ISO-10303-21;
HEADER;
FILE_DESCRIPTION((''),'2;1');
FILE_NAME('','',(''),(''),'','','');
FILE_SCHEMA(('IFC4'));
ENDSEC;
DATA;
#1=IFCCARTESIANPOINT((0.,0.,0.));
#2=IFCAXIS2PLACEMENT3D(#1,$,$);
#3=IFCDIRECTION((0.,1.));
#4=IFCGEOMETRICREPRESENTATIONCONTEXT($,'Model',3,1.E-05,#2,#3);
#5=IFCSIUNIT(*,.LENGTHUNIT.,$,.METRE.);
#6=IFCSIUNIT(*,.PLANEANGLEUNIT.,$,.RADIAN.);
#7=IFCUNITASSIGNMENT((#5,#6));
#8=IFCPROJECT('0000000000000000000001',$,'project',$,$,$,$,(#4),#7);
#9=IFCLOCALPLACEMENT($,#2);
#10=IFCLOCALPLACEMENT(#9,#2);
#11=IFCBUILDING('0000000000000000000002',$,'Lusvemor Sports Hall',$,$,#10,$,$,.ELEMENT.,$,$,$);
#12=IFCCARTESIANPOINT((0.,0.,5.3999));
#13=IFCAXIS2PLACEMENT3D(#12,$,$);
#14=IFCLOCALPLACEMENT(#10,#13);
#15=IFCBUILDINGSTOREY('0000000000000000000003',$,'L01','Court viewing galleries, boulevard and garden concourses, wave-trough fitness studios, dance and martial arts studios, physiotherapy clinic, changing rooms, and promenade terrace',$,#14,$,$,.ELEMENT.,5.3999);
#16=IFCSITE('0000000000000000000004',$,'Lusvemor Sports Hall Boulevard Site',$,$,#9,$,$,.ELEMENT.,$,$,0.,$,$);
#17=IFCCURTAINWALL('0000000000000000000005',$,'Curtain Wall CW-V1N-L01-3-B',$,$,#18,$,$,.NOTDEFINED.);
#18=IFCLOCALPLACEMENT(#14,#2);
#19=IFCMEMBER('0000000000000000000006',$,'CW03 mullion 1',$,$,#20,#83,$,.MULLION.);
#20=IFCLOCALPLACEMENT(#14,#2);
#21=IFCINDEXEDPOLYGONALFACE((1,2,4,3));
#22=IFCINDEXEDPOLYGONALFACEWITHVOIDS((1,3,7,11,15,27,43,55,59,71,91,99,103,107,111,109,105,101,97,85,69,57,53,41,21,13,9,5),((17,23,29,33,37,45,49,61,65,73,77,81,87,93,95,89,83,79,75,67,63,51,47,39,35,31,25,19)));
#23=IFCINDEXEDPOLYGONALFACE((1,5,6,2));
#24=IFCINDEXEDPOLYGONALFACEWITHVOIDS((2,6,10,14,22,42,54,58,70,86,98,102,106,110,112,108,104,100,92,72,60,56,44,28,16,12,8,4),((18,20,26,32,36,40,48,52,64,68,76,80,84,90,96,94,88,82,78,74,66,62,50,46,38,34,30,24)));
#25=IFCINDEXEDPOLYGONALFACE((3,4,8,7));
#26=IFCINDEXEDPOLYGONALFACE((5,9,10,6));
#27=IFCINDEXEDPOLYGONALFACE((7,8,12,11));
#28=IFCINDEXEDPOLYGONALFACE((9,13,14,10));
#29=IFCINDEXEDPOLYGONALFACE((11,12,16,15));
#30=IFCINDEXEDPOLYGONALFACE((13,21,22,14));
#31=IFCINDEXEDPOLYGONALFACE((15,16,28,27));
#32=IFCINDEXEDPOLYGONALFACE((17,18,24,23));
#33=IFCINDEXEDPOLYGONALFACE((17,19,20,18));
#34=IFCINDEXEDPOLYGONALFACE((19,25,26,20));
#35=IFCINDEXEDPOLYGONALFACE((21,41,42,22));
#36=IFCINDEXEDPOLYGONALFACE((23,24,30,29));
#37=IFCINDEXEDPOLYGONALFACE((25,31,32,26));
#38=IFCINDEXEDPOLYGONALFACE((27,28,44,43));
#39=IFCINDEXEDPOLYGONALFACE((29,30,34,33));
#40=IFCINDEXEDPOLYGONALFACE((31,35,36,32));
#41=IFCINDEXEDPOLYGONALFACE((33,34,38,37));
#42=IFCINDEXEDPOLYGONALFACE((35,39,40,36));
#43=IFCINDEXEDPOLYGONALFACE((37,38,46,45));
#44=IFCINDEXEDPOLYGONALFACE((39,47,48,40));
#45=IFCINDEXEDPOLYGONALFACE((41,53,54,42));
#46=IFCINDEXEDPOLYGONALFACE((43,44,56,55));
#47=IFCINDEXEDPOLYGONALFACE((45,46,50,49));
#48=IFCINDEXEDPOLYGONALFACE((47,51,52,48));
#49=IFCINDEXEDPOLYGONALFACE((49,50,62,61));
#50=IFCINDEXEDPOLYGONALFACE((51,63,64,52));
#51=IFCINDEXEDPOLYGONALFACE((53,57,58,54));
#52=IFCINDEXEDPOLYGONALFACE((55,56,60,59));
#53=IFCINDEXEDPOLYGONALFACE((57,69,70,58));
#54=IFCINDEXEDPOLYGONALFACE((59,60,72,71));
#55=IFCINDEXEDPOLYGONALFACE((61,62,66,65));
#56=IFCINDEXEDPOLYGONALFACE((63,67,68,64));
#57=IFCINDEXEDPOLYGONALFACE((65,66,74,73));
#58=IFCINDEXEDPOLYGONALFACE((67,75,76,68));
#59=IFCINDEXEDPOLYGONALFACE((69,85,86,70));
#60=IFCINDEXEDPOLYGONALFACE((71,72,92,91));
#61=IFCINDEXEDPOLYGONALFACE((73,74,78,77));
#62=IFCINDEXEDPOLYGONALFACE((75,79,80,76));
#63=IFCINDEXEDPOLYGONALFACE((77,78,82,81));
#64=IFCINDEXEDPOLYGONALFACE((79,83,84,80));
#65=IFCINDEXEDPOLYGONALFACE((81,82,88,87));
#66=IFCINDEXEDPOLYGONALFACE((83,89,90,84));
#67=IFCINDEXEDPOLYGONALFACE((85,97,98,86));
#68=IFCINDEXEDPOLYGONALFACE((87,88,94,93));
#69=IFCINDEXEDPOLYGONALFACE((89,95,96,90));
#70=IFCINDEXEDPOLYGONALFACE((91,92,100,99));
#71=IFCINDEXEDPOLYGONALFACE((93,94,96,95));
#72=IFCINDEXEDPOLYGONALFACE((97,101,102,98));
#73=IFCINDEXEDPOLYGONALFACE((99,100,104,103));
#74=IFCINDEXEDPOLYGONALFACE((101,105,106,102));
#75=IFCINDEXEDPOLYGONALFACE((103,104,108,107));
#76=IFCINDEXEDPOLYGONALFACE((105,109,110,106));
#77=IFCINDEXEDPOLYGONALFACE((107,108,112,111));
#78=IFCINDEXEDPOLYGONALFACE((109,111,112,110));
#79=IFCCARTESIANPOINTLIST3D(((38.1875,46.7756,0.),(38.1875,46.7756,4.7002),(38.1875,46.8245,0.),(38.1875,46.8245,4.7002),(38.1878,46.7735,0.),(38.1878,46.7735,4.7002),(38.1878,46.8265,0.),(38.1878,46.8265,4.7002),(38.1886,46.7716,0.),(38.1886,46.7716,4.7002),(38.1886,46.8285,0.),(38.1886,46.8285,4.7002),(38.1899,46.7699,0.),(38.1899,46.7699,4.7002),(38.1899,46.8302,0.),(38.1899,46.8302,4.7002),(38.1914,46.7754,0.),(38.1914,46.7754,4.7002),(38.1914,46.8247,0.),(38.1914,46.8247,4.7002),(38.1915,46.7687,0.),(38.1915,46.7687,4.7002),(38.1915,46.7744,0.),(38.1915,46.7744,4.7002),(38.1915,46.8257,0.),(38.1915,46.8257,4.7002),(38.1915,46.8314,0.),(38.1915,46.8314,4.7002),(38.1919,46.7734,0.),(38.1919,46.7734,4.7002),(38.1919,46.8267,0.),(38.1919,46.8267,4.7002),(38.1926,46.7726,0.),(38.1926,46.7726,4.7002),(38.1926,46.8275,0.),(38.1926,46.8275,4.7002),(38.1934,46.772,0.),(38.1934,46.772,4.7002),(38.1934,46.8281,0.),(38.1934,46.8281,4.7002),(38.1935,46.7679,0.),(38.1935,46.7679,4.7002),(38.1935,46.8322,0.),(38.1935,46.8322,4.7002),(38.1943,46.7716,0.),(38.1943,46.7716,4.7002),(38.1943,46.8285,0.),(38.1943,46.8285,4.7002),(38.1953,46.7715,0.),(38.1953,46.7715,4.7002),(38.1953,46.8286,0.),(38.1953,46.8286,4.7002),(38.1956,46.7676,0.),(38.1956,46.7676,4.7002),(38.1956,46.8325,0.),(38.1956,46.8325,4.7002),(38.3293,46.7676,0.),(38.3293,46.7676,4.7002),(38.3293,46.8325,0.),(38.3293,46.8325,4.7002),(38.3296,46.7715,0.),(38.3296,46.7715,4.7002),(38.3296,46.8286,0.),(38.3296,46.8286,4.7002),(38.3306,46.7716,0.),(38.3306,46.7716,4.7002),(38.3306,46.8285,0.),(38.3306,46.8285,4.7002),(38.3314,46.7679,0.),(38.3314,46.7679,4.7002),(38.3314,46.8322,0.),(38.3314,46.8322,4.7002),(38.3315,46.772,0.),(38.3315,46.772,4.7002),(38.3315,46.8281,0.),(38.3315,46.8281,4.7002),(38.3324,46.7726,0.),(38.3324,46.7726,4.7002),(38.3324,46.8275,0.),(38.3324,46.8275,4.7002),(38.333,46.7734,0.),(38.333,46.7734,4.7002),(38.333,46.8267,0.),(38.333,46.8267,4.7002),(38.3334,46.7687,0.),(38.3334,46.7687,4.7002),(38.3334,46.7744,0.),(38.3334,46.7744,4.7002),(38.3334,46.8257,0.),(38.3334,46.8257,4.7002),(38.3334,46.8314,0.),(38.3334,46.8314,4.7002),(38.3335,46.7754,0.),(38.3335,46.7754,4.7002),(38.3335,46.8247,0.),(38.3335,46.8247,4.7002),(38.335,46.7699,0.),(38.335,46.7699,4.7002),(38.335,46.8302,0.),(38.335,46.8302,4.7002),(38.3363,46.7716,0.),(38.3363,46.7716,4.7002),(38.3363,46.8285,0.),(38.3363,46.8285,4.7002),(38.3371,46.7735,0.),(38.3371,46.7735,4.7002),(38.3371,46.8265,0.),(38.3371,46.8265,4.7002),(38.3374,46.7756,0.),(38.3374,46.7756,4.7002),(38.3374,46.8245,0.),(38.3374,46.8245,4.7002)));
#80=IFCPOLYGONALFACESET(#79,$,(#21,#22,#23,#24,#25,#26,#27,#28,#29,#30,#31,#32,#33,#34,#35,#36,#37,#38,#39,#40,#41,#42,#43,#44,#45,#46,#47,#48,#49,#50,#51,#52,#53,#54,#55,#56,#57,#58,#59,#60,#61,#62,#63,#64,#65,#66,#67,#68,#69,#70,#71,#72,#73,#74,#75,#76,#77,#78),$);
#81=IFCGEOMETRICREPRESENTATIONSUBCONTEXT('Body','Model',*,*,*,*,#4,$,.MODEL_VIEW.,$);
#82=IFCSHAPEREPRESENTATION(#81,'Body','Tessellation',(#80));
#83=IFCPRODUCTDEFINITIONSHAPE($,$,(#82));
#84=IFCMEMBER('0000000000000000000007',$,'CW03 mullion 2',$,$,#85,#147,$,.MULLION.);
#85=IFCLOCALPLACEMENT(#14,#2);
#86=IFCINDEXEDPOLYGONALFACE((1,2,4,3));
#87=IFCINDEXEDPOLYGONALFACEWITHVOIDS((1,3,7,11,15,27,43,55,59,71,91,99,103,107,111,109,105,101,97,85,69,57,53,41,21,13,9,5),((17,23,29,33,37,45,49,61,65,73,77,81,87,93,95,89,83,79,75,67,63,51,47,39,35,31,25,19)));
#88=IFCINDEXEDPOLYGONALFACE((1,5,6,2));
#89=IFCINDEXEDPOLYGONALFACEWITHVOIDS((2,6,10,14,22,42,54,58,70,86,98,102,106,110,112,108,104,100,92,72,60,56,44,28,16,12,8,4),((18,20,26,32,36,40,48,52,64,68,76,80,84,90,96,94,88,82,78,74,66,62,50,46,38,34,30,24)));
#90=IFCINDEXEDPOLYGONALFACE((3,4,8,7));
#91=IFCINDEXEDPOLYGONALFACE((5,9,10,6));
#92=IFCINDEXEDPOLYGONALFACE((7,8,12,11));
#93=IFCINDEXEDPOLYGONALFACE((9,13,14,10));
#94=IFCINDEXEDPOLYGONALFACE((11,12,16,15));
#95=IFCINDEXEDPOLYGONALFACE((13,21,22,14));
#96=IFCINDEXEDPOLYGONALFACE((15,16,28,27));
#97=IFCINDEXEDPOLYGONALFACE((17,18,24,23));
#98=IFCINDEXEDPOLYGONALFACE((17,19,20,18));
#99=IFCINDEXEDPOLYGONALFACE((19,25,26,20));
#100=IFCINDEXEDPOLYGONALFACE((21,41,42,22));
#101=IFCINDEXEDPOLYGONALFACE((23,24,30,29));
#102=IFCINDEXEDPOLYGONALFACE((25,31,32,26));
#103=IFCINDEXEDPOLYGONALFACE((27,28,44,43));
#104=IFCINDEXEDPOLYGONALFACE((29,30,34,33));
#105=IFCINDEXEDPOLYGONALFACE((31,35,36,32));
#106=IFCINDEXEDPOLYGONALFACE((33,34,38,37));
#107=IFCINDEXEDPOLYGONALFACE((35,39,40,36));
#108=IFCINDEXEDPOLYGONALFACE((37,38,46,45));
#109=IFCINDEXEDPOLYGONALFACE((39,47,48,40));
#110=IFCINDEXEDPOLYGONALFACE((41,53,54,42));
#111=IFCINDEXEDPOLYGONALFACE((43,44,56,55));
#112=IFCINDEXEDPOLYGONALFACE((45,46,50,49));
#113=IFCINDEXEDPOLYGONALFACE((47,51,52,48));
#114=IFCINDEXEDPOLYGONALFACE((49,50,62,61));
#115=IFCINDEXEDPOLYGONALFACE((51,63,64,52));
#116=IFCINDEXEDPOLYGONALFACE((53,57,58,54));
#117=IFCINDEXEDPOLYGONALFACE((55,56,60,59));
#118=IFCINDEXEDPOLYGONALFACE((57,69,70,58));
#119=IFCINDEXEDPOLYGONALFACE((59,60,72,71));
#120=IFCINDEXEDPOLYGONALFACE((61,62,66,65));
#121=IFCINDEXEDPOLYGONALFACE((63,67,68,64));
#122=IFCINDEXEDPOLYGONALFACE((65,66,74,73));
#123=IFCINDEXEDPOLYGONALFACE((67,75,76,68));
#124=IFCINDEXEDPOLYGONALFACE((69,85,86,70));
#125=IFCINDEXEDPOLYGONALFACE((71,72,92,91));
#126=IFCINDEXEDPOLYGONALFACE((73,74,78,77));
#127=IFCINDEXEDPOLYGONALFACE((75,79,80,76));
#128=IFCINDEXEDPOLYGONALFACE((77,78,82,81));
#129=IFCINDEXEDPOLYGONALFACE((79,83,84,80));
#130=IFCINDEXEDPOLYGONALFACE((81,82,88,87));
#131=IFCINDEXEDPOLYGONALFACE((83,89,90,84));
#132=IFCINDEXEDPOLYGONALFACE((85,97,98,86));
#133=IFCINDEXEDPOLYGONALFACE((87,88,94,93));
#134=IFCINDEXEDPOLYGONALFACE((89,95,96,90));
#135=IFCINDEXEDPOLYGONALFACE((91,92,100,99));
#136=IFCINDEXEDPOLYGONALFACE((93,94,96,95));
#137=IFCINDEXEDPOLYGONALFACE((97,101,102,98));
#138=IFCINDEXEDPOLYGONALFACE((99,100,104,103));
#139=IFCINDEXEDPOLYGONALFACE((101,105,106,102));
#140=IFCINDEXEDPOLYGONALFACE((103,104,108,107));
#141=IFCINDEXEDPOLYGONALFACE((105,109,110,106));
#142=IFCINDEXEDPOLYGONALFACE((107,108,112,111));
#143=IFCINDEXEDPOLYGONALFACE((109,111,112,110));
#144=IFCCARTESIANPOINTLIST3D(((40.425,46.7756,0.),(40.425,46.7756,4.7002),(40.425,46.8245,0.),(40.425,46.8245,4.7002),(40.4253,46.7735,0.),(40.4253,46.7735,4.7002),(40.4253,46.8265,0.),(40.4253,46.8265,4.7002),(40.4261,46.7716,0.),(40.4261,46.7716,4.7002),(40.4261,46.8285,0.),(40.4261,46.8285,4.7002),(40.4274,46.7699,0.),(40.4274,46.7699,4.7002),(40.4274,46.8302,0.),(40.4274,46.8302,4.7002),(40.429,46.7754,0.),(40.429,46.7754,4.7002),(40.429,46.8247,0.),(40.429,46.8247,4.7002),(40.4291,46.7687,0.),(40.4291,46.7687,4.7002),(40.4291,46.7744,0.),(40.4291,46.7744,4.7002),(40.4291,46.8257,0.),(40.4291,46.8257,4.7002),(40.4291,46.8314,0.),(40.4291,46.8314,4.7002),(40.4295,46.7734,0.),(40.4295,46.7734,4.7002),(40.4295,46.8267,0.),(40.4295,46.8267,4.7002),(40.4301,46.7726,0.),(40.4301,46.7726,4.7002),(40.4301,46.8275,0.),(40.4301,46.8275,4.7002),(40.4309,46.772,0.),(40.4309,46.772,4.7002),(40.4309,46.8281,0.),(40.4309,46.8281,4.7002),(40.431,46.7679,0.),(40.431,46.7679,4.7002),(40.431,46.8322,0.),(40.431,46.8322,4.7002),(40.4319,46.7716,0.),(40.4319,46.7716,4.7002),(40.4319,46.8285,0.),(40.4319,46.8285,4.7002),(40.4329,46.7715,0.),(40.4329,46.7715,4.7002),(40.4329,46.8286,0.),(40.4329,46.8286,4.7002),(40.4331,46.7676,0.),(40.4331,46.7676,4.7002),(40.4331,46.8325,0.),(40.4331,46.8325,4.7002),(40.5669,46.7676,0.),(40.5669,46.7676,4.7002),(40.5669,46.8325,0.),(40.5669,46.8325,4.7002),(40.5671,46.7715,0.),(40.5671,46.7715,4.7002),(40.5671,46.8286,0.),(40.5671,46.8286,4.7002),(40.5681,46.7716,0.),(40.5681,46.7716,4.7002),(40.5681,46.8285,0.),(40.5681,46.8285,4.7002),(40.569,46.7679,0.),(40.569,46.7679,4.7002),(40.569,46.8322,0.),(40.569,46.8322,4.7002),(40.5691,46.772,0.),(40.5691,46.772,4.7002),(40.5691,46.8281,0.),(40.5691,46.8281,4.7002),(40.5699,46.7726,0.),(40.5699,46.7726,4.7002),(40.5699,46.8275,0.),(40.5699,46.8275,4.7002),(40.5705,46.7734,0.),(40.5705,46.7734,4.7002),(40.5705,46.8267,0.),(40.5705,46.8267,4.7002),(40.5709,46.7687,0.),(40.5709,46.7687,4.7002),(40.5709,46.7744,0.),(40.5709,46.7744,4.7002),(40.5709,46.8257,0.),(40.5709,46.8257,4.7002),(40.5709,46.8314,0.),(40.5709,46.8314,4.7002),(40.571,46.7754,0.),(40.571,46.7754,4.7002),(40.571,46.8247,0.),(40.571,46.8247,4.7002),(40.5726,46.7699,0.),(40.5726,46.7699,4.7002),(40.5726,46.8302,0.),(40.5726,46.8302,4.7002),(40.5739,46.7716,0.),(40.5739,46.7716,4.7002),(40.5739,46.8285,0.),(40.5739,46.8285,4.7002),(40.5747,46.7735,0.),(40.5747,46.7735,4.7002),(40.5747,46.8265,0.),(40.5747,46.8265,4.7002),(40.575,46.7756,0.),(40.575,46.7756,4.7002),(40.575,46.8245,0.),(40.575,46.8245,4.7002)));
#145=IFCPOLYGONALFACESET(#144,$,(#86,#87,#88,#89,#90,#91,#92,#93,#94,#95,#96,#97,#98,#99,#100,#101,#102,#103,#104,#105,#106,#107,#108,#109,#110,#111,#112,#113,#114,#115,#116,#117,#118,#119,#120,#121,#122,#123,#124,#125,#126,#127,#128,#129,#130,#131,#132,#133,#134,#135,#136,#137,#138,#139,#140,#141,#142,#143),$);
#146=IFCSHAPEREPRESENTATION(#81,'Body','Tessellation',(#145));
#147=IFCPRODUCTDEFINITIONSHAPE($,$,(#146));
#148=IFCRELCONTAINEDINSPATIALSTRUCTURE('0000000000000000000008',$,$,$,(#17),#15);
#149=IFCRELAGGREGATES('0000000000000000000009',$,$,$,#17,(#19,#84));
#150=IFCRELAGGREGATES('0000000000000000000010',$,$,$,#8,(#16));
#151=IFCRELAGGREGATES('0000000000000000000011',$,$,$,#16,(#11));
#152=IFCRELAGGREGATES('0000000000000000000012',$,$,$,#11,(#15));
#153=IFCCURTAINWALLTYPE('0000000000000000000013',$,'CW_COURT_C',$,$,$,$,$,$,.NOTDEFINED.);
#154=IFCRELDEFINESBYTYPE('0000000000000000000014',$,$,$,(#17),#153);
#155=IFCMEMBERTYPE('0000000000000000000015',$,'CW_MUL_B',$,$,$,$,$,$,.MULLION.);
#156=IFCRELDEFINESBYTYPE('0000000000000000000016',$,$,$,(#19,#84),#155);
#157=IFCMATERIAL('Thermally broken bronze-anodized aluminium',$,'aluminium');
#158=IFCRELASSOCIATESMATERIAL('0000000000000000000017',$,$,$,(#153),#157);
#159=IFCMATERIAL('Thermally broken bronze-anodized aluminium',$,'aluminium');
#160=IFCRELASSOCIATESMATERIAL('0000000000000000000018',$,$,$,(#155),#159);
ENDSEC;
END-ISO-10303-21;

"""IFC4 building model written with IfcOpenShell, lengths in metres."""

from ifc_helpers import new_model, si_unit, direction, frame, origin, origin_2d, place, context, subcontext, project, spatial, hollow_rectangle, extrude, material, material_profile, profile_set, type_object, element, aggregate, save


model = new_model("IFC4")

# Units and contexts
model_context = context("Model", 3, precision=1e-05, world=origin(), true_north=direction((0.0, 1.0)))
body_context = subcontext(model_context, "Body", "Model", "MODEL_VIEW")
ifc_project = project(units=[si_unit("LENGTHUNIT", "METRE"), si_unit("PLANEANGLEUNIT", "RADIAN")], contexts=[model_context])

# Site, building, storey
site_placement = place(None, origin())
site = spatial("IfcSite", under=ifc_project, at=site_placement, Name="Lusvemor Sports Hall Boulevard Site", CompositionType="ELEMENT", RefElevation=0.0)
building_placement = place(site_placement, origin())
building = spatial("IfcBuilding", under=site, at=building_placement, Name="Lusvemor Sports Hall", CompositionType="ELEMENT")
storey_placement = place(building_placement, frame((0.0, 0.0, 5.3999)))
storey = spatial("IfcBuildingStorey", under=building, at=storey_placement, Name="L01", Description="Court viewing galleries, boulevard and garden concourses, wave-trough fitness studios, dance and martial arts studios, physiotherapy clinic, changing rooms, and promenade terrace", CompositionType="ELEMENT", Elevation=5.3999)

# Shared definitions
ifc_material_1 = material(Name="Thermally broken bronze-anodized aluminium", Category="aluminium")
curtain_wall_type = type_object("IfcCurtainWallType", Name="CW_COURT_C", PredefinedType="NOTDEFINED", material=ifc_material_1)
ifc_material_2 = material(Name="Thermally broken bronze-anodized aluminium", Category="aluminium")
ifc_material_profile_1 = material_profile(ifc_material_2, hollow_rectangle(XDim=0.0649, YDim=0.1499, WallThickness=0.0039, InnerFilletRadius=0.0039, OuterFilletRadius=0.0081, at=origin_2d()), Name="CWMUL150x65x4")
ifc_profile_set_1 = profile_set([ifc_material_profile_1], Name="Thermally broken bronze-anodized aluminium")
member_type_1 = type_object("IfcMemberType", Name="CW_MUL_B", PredefinedType="MULLION", material=ifc_profile_set_1)

# Curtain wall, members
curtain_wall_1_placement = place(storey_placement, origin())
curtain_wall_1 = element("IfcCurtainWall", 1, at=curtain_wall_1_placement, inside=storey, type_object=curtain_wall_type, Name="Curtain Wall CW-V1N-L01-3-B", PredefinedType="NOTDEFINED")
member_1_placement = place(storey_placement, frame((38.2625, 46.8, 0.0), z_axis=(0.0, 0.0, 1.0), x_axis=(0.0, 1.0, 0.0)))
member_1 = element("IfcMember", 2, at=member_1_placement, type_object=member_type_1, Name="CW03 mullion 1", PredefinedType="MULLION", context=body_context, shape_type="SweptSolid", body=[
    extrude(hollow_rectangle(XDim=0.0649, YDim=0.1499, WallThickness=0.0039, InnerFilletRadius=0.0039, OuterFilletRadius=0.0081, at=origin_2d()), origin(), (0.0, 0.0, 1.0), 4.7002),
])
member_2_placement = place(storey_placement, frame((40.5, 46.8, 0.0), z_axis=(0.0, 0.0, 1.0), x_axis=(0.0, 1.0, 0.0)))
member_2 = element("IfcMember", 3, at=member_2_placement, type_object=member_type_1, Name="CW03 mullion 2", PredefinedType="MULLION", context=body_context, shape_type="SweptSolid", body=[
    extrude(hollow_rectangle(XDim=0.0649, YDim=0.1499, WallThickness=0.0039, InnerFilletRadius=0.0039, OuterFilletRadius=0.0081, at=origin_2d()), origin(), (0.0, 0.0, 1.0), 4.7002),
])

aggregate(curtain_wall_1, [member_1, member_2])

save(model, "model.ifc")
